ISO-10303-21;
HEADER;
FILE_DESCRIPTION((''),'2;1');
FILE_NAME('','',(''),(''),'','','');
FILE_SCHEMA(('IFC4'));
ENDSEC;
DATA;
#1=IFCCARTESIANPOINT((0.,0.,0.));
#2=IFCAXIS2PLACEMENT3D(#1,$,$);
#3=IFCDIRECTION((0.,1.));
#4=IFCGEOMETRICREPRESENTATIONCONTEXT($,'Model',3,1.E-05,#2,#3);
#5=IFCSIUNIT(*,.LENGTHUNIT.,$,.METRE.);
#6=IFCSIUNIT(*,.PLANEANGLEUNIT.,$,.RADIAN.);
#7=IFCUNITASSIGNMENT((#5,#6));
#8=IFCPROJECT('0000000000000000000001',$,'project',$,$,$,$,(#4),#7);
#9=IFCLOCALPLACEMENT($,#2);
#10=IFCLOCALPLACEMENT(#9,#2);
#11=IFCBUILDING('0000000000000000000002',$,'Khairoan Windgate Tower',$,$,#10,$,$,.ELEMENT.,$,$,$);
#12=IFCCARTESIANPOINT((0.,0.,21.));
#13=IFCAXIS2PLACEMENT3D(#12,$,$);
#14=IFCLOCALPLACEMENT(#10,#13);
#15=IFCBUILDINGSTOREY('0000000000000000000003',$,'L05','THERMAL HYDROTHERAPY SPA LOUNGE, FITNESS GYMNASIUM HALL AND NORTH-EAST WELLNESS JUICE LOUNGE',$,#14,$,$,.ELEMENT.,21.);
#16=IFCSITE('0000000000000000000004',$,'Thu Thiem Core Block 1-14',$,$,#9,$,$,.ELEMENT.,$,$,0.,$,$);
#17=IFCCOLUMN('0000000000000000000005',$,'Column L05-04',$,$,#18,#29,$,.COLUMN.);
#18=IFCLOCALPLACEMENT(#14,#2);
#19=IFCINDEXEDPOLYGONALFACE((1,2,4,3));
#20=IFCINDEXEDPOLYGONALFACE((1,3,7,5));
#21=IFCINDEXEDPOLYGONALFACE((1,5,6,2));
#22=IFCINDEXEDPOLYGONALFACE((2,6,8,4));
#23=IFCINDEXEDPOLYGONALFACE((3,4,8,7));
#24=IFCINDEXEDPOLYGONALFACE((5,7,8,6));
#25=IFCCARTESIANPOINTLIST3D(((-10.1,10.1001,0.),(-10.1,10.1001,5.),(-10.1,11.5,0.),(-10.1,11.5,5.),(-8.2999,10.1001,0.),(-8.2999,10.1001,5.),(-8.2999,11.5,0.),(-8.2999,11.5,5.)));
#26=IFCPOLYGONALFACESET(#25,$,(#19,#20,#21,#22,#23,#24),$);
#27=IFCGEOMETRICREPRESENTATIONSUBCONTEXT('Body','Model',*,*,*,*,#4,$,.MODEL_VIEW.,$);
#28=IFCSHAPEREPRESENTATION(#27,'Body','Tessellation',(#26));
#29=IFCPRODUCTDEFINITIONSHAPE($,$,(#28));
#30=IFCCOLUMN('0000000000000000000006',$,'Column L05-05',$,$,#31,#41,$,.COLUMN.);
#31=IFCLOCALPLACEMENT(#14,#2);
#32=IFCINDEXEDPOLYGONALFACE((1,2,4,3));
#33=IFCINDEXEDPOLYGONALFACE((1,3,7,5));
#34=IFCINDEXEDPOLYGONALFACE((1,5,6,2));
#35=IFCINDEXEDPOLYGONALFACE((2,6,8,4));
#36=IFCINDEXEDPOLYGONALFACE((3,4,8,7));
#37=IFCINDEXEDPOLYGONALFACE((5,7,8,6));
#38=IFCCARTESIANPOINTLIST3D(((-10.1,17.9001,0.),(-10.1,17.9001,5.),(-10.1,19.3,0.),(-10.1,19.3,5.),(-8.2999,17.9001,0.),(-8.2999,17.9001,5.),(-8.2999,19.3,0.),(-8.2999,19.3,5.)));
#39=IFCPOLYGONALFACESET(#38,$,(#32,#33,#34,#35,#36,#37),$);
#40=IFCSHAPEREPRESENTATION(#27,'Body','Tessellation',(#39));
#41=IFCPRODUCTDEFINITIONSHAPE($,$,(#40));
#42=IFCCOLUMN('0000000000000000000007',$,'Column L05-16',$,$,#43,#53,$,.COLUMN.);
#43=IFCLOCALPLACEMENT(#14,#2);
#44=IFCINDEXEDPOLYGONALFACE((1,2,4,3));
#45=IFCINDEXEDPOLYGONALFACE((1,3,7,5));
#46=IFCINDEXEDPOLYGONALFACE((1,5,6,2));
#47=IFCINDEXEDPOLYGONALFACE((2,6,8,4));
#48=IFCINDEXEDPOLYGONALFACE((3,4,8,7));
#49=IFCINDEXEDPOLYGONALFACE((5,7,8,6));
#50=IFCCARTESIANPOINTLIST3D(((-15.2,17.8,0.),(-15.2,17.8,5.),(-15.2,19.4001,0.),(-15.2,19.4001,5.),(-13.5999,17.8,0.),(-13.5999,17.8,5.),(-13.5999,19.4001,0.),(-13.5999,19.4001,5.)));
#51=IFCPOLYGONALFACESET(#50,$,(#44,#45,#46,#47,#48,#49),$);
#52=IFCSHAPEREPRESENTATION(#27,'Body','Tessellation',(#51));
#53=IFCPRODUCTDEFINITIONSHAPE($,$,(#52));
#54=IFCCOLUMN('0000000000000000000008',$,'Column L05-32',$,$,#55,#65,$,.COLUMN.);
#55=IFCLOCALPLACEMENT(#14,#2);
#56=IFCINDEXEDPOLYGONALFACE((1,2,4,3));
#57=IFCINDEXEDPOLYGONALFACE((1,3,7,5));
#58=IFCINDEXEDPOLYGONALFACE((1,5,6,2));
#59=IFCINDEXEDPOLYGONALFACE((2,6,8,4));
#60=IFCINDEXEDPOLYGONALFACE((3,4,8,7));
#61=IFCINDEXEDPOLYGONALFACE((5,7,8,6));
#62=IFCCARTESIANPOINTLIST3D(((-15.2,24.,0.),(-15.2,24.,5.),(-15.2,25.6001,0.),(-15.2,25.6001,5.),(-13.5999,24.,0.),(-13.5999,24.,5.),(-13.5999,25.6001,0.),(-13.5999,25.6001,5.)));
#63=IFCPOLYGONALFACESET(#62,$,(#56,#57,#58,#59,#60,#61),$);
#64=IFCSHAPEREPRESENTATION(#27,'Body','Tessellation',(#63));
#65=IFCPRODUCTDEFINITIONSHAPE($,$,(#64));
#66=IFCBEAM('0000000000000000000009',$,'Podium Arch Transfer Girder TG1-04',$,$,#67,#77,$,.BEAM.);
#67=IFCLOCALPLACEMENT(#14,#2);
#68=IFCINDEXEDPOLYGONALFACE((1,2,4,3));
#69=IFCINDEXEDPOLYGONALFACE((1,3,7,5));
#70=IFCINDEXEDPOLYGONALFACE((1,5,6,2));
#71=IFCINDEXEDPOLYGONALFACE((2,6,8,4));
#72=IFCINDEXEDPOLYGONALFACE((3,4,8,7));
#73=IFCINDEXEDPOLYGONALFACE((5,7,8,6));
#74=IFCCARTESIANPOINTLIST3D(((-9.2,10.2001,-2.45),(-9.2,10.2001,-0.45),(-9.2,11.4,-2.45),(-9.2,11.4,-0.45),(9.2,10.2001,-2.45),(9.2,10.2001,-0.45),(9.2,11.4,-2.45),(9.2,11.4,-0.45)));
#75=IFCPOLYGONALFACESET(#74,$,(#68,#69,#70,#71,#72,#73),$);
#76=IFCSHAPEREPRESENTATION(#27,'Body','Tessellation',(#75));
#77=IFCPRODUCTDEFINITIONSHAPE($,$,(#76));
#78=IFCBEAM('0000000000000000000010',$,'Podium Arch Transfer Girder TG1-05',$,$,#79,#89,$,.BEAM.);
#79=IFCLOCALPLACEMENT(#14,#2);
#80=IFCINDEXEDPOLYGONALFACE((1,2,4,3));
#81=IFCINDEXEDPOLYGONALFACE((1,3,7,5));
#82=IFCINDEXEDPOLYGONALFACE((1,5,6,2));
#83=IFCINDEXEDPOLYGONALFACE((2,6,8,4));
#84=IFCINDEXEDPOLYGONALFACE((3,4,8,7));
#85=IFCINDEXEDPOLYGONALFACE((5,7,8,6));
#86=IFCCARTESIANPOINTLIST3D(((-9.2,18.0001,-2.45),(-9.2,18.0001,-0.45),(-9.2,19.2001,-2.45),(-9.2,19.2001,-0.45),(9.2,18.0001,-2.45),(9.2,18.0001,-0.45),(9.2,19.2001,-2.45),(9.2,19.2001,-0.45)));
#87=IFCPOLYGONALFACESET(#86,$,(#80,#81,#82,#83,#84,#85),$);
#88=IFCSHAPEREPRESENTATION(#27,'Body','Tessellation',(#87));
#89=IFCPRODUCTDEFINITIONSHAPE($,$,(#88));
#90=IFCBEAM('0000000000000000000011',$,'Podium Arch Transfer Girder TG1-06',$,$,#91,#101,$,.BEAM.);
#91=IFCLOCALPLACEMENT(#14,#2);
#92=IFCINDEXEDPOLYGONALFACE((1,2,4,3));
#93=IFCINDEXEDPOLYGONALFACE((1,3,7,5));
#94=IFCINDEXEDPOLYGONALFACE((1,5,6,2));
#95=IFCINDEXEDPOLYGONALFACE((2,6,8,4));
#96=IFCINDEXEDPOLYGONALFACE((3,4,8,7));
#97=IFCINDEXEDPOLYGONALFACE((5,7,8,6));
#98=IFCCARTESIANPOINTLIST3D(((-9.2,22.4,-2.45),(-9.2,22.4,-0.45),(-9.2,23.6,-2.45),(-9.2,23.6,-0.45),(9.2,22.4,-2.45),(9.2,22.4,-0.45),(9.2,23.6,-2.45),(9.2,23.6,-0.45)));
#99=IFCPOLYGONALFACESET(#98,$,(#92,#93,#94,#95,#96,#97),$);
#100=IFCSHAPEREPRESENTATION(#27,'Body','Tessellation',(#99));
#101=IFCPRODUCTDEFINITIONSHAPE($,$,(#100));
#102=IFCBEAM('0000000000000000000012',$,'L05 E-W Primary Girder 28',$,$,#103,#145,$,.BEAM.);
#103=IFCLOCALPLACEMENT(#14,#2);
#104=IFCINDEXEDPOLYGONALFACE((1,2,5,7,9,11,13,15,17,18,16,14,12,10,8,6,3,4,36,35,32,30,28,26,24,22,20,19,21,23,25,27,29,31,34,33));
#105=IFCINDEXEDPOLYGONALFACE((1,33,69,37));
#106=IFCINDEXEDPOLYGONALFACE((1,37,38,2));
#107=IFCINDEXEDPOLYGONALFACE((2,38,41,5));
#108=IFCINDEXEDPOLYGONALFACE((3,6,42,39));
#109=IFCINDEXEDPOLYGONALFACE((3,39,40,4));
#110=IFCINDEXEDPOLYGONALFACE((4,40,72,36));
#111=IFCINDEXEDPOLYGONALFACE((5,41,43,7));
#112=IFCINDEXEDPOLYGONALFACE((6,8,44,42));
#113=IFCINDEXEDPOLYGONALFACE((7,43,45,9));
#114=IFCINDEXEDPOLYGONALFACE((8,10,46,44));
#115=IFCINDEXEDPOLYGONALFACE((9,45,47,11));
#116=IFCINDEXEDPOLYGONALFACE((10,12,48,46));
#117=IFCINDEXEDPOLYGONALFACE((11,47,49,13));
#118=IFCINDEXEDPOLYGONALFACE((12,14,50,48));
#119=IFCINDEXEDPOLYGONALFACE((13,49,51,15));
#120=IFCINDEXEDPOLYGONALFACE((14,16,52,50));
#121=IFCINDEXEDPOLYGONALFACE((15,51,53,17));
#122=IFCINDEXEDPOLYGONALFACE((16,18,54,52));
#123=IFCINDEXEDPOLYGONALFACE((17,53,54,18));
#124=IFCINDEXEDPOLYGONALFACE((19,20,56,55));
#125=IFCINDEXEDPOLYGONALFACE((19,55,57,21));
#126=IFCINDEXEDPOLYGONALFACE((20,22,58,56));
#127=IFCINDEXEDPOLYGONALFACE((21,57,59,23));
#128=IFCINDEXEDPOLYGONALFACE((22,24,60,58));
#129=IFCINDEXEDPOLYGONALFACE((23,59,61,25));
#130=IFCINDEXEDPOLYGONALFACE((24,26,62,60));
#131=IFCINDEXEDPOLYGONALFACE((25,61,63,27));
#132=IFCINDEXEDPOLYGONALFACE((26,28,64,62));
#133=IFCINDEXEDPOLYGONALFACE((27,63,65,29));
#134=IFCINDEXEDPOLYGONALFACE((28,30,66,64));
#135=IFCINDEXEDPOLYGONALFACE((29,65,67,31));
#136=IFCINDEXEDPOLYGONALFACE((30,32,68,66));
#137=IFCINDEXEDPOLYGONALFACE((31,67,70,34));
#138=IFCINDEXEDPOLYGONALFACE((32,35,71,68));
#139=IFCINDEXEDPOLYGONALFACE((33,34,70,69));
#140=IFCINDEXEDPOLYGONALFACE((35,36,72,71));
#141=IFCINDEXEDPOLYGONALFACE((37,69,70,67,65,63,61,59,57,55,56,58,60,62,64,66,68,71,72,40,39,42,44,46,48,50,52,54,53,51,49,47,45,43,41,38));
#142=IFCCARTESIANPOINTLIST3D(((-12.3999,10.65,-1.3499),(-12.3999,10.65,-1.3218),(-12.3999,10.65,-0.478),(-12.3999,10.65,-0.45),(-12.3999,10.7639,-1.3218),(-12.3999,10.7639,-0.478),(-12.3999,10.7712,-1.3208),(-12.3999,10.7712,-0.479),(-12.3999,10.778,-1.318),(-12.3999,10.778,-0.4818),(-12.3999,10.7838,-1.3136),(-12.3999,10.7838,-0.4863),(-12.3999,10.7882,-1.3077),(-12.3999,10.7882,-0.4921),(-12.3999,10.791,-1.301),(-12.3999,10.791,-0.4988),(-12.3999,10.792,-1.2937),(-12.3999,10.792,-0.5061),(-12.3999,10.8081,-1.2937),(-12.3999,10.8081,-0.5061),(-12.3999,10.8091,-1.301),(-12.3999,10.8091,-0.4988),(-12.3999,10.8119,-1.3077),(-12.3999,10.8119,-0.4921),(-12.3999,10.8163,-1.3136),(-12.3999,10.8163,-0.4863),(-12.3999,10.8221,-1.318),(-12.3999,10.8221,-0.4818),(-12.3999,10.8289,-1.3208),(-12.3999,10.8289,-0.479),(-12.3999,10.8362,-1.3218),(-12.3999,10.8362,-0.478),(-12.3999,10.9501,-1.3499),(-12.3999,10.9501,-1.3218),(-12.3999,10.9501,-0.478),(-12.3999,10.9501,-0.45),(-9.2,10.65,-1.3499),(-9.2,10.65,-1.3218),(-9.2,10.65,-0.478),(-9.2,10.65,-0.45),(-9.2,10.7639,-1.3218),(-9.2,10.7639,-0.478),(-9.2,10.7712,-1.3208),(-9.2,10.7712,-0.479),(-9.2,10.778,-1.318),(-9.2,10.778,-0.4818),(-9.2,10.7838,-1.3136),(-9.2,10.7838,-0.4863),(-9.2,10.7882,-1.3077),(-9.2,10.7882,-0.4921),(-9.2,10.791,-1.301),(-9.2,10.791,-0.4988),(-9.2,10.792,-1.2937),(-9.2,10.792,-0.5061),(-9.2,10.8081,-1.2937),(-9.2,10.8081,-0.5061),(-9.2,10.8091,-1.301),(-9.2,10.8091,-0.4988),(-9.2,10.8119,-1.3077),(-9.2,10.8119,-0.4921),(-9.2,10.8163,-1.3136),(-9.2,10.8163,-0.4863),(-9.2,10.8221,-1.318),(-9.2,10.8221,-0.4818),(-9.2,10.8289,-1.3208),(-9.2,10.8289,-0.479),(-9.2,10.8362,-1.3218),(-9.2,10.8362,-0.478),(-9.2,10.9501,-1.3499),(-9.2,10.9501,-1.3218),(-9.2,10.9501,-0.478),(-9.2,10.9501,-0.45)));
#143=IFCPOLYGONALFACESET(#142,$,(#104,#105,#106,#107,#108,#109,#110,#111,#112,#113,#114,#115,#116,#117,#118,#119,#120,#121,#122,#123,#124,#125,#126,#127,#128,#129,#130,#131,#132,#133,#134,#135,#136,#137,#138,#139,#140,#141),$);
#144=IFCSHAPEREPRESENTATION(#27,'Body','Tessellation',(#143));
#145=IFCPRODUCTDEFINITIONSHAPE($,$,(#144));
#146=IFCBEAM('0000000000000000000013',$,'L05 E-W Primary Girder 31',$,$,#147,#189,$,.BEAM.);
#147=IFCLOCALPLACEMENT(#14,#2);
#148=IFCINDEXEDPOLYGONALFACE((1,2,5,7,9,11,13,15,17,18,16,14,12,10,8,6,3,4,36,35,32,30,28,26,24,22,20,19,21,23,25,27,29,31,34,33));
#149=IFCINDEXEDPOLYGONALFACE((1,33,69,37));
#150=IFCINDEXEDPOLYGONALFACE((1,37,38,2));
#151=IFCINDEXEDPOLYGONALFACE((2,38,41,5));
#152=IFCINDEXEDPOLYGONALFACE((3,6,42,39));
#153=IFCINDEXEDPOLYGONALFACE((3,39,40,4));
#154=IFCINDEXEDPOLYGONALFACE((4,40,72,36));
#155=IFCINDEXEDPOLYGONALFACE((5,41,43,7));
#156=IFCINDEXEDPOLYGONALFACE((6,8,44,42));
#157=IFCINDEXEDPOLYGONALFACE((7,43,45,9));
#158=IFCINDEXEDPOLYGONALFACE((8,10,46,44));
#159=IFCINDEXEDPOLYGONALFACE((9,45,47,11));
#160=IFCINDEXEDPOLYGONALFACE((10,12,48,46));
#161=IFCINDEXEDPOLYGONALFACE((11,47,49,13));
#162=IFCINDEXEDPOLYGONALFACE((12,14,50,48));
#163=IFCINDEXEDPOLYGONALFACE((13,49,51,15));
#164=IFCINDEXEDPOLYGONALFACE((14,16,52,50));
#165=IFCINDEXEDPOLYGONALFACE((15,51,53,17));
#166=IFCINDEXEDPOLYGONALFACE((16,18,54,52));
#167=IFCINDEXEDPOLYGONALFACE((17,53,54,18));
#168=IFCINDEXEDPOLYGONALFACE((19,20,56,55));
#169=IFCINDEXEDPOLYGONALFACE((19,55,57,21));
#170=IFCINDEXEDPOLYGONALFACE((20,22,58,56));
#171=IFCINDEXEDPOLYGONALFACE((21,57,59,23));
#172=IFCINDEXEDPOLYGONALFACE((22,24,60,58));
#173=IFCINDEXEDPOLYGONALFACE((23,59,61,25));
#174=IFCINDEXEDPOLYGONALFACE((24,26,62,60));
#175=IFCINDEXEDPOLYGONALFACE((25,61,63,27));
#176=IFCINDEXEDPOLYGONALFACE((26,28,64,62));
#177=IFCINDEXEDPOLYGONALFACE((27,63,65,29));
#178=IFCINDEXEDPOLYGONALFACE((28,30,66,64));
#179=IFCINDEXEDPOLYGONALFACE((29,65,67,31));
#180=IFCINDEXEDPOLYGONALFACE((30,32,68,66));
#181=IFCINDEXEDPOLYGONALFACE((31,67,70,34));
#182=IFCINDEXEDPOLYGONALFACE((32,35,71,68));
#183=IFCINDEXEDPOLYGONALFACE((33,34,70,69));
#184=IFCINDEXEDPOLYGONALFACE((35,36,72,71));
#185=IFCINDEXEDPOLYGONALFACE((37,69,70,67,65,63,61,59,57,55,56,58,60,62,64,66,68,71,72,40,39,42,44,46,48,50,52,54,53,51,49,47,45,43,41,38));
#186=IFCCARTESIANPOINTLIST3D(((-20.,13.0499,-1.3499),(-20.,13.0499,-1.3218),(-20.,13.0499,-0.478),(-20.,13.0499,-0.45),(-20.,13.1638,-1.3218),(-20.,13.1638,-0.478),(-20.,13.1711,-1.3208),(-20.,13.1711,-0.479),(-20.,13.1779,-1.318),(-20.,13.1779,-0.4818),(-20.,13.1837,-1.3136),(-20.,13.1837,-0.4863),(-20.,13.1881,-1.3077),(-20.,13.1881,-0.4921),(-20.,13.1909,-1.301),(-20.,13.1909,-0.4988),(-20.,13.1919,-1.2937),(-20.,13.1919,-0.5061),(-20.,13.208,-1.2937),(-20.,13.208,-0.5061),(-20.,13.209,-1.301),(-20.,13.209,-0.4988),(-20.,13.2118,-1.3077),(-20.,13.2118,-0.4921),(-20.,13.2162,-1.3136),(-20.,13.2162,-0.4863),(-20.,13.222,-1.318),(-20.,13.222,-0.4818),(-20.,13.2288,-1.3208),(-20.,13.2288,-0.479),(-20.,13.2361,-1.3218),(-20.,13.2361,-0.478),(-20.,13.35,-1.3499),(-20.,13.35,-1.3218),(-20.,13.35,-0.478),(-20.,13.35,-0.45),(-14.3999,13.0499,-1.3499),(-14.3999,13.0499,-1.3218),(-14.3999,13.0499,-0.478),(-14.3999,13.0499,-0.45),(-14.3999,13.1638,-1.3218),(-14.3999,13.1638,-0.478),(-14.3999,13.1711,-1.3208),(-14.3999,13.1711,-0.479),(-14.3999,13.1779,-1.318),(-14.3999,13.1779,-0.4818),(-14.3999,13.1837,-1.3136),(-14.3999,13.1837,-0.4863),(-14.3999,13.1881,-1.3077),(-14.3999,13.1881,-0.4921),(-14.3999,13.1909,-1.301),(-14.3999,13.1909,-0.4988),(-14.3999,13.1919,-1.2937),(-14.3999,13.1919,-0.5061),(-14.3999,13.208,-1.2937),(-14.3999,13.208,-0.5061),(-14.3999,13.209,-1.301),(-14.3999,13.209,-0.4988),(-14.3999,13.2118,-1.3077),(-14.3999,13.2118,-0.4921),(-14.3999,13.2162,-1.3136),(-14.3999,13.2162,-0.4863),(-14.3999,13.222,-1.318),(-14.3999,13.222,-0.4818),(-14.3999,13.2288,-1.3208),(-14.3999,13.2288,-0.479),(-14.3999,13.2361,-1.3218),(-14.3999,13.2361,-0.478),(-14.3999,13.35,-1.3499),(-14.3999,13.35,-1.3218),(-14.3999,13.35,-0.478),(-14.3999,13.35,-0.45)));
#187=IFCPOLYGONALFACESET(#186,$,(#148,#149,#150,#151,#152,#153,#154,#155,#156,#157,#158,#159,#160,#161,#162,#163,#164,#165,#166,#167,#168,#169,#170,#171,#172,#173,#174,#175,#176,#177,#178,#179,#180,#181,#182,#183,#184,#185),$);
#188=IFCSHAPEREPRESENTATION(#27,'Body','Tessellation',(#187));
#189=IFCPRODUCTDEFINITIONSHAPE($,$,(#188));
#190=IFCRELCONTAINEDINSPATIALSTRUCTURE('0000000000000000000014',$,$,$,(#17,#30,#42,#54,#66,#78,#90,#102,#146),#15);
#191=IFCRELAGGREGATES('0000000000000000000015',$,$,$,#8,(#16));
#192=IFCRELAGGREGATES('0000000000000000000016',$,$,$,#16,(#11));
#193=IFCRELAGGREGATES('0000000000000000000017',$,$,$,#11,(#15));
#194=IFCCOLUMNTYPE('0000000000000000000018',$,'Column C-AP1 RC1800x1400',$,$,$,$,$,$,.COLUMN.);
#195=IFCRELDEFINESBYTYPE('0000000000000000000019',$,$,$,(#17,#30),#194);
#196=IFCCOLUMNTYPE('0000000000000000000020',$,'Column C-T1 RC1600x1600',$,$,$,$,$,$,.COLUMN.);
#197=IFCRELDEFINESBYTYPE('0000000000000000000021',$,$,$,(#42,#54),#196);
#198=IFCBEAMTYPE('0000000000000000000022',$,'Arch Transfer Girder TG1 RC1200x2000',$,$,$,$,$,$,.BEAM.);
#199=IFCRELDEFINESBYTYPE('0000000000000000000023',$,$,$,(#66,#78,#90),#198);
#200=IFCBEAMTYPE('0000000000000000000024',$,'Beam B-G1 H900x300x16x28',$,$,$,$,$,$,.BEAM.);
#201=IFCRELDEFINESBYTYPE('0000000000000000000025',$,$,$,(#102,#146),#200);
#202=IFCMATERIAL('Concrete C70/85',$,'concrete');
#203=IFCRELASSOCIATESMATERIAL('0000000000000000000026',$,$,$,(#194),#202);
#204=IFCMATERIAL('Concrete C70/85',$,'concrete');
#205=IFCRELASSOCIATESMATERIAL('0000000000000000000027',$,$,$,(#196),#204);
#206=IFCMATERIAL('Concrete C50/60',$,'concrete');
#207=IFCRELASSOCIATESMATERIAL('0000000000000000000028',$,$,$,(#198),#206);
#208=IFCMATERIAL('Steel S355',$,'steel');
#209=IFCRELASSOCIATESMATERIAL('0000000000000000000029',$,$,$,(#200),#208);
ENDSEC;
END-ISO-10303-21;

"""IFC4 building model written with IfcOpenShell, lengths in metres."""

from ifc_helpers import new_model, si_unit, direction, frame, origin, origin_2d, place, context, subcontext, project, spatial, rectangle, i_section, extrude, material, material_profile, profile_set, type_object, element, save


model = new_model("IFC4")

# Units and contexts
model_context = context("Model", 3, precision=1e-05, world=origin(), true_north=direction((0.0, 1.0)))
body_context = subcontext(model_context, "Body", "Model", "MODEL_VIEW")
ifc_project = project(units=[si_unit("LENGTHUNIT", "METRE"), si_unit("PLANEANGLEUNIT", "RADIAN")], contexts=[model_context])

# Site, building, storey
site_placement = place(None, origin())
site = spatial("IfcSite", under=ifc_project, at=site_placement, Name="Thu Thiem Core Block 1-14", CompositionType="ELEMENT", RefElevation=0.0)
building_placement = place(site_placement, origin())
building = spatial("IfcBuilding", under=site, at=building_placement, Name="Khairoan Windgate Tower", CompositionType="ELEMENT")
storey_placement = place(building_placement, frame((0.0, 0.0, 21.0)))
storey = spatial("IfcBuildingStorey", under=building, at=storey_placement, Name="L05", Description="THERMAL HYDROTHERAPY SPA LOUNGE, FITNESS GYMNASIUM HALL AND NORTH-EAST WELLNESS JUICE LOUNGE", CompositionType="ELEMENT", Elevation=21.0)

# Columns
ifc_material_1 = material(Name="Concrete C70/85", Category="concrete")
ifc_material_profile_1 = material_profile(ifc_material_1, rectangle(XDim=1.8, YDim=1.3999, at=origin_2d()))
ifc_profile_set_1 = profile_set([ifc_material_profile_1], Name="Concrete C70/85")
column_type_1 = type_object("IfcColumnType", Name="Column C-AP1 RC1800x1400", PredefinedType="COLUMN", material=ifc_profile_set_1)
for number, where, z_axis, x_axis, name in (
    (1, (-9.2, 10.8, 0.0), (0.0, 0.0, 1.0), (1.0, 0.0, 0.0), "Column L05-04"),
    (2, (-9.2, 18.6001, 0.0), (0.0, 0.0, 1.0), (1.0, 0.0, 0.0), "Column L05-05"),
):
    element("IfcColumn", number, at=place(storey_placement, frame(where, z_axis=z_axis, x_axis=x_axis)), inside=storey, type_object=column_type_1, Name=name, PredefinedType="COLUMN", context=body_context, shape_type="SweptSolid", body=[
        extrude(rectangle(XDim=1.8, YDim=1.3999, at=origin_2d()), origin(), (0.0, 0.0, 1.0), 5.0),
    ])
ifc_material_2 = material(Name="Concrete C70/85", Category="concrete")
ifc_material_profile_2 = material_profile(ifc_material_2, rectangle(XDim=1.6001, YDim=1.6001, at=origin_2d()))
ifc_profile_set_2 = profile_set([ifc_material_profile_2], Name="Concrete C70/85")
column_type_2 = type_object("IfcColumnType", Name="Column C-T1 RC1600x1600", PredefinedType="COLUMN", material=ifc_profile_set_2)
for number, where, z_axis, x_axis, name in (
    (3, (-14.3999, 18.6001, 0.0), (0.0, 0.0, 1.0), (1.0, 0.0, 0.0), "Column L05-16"),
    (4, (-14.3999, 24.8, 0.0), (0.0, 0.0, 1.0), (1.0, 0.0, 0.0), "Column L05-32"),
):
    element("IfcColumn", number, at=place(storey_placement, frame(where, z_axis=z_axis, x_axis=x_axis)), inside=storey, type_object=column_type_2, Name=name, PredefinedType="COLUMN", context=body_context, shape_type="SweptSolid", body=[
        extrude(rectangle(XDim=1.6001, YDim=1.6001, at=origin_2d()), origin(), (0.0, 0.0, 1.0), 5.0),
    ])

# Beams
ifc_material_3 = material(Name="Concrete C50/60", Category="concrete")
ifc_material_profile_3 = material_profile(ifc_material_3, rectangle(XDim=1.2, YDim=2.0, at=origin_2d()))
ifc_profile_set_3 = profile_set([ifc_material_profile_3], Name="Concrete C50/60")
beam_type_1 = type_object("IfcBeamType", Name="Arch Transfer Girder TG1 RC1200x2000", PredefinedType="BEAM", material=ifc_profile_set_3)
for number, where, z_axis, x_axis, name in (
    (5, (-9.2, 10.8, -1.45), (1.0, 0.0, 0.0), (0.0, 1.0, 0.0), "Podium Arch Transfer Girder TG1-04"),
    (6, (-9.2, 18.6001, -1.45), (1.0, 0.0, 0.0), (0.0, 1.0, 0.0), "Podium Arch Transfer Girder TG1-05"),
    (7, (-9.2, 23.0, -1.45), (1.0, 0.0, 0.0), (0.0, 1.0, 0.0), "Podium Arch Transfer Girder TG1-06"),
):
    element("IfcBeam", number, at=place(storey_placement, frame(where, z_axis=z_axis, x_axis=x_axis)), inside=storey, type_object=beam_type_1, Name=name, PredefinedType="BEAM", context=body_context, shape_type="SweptSolid", body=[
        extrude(rectangle(XDim=1.2, YDim=2.0, at=origin_2d()), origin(), (0.0, 0.0, 1.0), 18.3999),
    ])
ifc_material_4 = material(Name="Steel S355", Category="steel")
ifc_material_profile_4 = material_profile(ifc_material_4, i_section(OverallWidth=0.3, OverallDepth=0.8999, WebThickness=0.0161, FlangeThickness=0.0281, FilletRadius=0.0281, at=origin_2d()))
ifc_profile_set_4 = profile_set([ifc_material_profile_4], Name="Steel S355")
beam_type_2 = type_object("IfcBeamType", Name="Beam B-G1 H900x300x16x28", PredefinedType="BEAM", material=ifc_profile_set_4)
beam_1_placement = place(storey_placement, frame((-12.3999, 10.8, -0.8999), z_axis=(1.0, 0.0, 0.0), x_axis=(0.0, 1.0, 0.0)))
element("IfcBeam", 8, at=beam_1_placement, inside=storey, type_object=beam_type_2, Name="L05 E-W Primary Girder 28", PredefinedType="BEAM", context=body_context, shape_type="SweptSolid", body=[
    extrude(i_section(OverallWidth=0.3, OverallDepth=0.8999, WebThickness=0.0161, FlangeThickness=0.0281, FilletRadius=0.0281, at=origin_2d()), origin(), (0.0, 0.0, 1.0), 3.2),
])
beam_2_placement = place(storey_placement, frame((-20.0, 13.2, -0.8999), z_axis=(1.0, 0.0, 0.0), x_axis=(0.0, 1.0, 0.0)))
element("IfcBeam", 9, at=beam_2_placement, inside=storey, type_object=beam_type_2, Name="L05 E-W Primary Girder 31", PredefinedType="BEAM", context=body_context, shape_type="SweptSolid", body=[
    extrude(i_section(OverallWidth=0.3, OverallDepth=0.8999, WebThickness=0.0161, FlangeThickness=0.0281, FilletRadius=0.0281, at=origin_2d()), origin(), (0.0, 0.0, 1.0), 5.6001),
])

save(model, "model.ifc")
